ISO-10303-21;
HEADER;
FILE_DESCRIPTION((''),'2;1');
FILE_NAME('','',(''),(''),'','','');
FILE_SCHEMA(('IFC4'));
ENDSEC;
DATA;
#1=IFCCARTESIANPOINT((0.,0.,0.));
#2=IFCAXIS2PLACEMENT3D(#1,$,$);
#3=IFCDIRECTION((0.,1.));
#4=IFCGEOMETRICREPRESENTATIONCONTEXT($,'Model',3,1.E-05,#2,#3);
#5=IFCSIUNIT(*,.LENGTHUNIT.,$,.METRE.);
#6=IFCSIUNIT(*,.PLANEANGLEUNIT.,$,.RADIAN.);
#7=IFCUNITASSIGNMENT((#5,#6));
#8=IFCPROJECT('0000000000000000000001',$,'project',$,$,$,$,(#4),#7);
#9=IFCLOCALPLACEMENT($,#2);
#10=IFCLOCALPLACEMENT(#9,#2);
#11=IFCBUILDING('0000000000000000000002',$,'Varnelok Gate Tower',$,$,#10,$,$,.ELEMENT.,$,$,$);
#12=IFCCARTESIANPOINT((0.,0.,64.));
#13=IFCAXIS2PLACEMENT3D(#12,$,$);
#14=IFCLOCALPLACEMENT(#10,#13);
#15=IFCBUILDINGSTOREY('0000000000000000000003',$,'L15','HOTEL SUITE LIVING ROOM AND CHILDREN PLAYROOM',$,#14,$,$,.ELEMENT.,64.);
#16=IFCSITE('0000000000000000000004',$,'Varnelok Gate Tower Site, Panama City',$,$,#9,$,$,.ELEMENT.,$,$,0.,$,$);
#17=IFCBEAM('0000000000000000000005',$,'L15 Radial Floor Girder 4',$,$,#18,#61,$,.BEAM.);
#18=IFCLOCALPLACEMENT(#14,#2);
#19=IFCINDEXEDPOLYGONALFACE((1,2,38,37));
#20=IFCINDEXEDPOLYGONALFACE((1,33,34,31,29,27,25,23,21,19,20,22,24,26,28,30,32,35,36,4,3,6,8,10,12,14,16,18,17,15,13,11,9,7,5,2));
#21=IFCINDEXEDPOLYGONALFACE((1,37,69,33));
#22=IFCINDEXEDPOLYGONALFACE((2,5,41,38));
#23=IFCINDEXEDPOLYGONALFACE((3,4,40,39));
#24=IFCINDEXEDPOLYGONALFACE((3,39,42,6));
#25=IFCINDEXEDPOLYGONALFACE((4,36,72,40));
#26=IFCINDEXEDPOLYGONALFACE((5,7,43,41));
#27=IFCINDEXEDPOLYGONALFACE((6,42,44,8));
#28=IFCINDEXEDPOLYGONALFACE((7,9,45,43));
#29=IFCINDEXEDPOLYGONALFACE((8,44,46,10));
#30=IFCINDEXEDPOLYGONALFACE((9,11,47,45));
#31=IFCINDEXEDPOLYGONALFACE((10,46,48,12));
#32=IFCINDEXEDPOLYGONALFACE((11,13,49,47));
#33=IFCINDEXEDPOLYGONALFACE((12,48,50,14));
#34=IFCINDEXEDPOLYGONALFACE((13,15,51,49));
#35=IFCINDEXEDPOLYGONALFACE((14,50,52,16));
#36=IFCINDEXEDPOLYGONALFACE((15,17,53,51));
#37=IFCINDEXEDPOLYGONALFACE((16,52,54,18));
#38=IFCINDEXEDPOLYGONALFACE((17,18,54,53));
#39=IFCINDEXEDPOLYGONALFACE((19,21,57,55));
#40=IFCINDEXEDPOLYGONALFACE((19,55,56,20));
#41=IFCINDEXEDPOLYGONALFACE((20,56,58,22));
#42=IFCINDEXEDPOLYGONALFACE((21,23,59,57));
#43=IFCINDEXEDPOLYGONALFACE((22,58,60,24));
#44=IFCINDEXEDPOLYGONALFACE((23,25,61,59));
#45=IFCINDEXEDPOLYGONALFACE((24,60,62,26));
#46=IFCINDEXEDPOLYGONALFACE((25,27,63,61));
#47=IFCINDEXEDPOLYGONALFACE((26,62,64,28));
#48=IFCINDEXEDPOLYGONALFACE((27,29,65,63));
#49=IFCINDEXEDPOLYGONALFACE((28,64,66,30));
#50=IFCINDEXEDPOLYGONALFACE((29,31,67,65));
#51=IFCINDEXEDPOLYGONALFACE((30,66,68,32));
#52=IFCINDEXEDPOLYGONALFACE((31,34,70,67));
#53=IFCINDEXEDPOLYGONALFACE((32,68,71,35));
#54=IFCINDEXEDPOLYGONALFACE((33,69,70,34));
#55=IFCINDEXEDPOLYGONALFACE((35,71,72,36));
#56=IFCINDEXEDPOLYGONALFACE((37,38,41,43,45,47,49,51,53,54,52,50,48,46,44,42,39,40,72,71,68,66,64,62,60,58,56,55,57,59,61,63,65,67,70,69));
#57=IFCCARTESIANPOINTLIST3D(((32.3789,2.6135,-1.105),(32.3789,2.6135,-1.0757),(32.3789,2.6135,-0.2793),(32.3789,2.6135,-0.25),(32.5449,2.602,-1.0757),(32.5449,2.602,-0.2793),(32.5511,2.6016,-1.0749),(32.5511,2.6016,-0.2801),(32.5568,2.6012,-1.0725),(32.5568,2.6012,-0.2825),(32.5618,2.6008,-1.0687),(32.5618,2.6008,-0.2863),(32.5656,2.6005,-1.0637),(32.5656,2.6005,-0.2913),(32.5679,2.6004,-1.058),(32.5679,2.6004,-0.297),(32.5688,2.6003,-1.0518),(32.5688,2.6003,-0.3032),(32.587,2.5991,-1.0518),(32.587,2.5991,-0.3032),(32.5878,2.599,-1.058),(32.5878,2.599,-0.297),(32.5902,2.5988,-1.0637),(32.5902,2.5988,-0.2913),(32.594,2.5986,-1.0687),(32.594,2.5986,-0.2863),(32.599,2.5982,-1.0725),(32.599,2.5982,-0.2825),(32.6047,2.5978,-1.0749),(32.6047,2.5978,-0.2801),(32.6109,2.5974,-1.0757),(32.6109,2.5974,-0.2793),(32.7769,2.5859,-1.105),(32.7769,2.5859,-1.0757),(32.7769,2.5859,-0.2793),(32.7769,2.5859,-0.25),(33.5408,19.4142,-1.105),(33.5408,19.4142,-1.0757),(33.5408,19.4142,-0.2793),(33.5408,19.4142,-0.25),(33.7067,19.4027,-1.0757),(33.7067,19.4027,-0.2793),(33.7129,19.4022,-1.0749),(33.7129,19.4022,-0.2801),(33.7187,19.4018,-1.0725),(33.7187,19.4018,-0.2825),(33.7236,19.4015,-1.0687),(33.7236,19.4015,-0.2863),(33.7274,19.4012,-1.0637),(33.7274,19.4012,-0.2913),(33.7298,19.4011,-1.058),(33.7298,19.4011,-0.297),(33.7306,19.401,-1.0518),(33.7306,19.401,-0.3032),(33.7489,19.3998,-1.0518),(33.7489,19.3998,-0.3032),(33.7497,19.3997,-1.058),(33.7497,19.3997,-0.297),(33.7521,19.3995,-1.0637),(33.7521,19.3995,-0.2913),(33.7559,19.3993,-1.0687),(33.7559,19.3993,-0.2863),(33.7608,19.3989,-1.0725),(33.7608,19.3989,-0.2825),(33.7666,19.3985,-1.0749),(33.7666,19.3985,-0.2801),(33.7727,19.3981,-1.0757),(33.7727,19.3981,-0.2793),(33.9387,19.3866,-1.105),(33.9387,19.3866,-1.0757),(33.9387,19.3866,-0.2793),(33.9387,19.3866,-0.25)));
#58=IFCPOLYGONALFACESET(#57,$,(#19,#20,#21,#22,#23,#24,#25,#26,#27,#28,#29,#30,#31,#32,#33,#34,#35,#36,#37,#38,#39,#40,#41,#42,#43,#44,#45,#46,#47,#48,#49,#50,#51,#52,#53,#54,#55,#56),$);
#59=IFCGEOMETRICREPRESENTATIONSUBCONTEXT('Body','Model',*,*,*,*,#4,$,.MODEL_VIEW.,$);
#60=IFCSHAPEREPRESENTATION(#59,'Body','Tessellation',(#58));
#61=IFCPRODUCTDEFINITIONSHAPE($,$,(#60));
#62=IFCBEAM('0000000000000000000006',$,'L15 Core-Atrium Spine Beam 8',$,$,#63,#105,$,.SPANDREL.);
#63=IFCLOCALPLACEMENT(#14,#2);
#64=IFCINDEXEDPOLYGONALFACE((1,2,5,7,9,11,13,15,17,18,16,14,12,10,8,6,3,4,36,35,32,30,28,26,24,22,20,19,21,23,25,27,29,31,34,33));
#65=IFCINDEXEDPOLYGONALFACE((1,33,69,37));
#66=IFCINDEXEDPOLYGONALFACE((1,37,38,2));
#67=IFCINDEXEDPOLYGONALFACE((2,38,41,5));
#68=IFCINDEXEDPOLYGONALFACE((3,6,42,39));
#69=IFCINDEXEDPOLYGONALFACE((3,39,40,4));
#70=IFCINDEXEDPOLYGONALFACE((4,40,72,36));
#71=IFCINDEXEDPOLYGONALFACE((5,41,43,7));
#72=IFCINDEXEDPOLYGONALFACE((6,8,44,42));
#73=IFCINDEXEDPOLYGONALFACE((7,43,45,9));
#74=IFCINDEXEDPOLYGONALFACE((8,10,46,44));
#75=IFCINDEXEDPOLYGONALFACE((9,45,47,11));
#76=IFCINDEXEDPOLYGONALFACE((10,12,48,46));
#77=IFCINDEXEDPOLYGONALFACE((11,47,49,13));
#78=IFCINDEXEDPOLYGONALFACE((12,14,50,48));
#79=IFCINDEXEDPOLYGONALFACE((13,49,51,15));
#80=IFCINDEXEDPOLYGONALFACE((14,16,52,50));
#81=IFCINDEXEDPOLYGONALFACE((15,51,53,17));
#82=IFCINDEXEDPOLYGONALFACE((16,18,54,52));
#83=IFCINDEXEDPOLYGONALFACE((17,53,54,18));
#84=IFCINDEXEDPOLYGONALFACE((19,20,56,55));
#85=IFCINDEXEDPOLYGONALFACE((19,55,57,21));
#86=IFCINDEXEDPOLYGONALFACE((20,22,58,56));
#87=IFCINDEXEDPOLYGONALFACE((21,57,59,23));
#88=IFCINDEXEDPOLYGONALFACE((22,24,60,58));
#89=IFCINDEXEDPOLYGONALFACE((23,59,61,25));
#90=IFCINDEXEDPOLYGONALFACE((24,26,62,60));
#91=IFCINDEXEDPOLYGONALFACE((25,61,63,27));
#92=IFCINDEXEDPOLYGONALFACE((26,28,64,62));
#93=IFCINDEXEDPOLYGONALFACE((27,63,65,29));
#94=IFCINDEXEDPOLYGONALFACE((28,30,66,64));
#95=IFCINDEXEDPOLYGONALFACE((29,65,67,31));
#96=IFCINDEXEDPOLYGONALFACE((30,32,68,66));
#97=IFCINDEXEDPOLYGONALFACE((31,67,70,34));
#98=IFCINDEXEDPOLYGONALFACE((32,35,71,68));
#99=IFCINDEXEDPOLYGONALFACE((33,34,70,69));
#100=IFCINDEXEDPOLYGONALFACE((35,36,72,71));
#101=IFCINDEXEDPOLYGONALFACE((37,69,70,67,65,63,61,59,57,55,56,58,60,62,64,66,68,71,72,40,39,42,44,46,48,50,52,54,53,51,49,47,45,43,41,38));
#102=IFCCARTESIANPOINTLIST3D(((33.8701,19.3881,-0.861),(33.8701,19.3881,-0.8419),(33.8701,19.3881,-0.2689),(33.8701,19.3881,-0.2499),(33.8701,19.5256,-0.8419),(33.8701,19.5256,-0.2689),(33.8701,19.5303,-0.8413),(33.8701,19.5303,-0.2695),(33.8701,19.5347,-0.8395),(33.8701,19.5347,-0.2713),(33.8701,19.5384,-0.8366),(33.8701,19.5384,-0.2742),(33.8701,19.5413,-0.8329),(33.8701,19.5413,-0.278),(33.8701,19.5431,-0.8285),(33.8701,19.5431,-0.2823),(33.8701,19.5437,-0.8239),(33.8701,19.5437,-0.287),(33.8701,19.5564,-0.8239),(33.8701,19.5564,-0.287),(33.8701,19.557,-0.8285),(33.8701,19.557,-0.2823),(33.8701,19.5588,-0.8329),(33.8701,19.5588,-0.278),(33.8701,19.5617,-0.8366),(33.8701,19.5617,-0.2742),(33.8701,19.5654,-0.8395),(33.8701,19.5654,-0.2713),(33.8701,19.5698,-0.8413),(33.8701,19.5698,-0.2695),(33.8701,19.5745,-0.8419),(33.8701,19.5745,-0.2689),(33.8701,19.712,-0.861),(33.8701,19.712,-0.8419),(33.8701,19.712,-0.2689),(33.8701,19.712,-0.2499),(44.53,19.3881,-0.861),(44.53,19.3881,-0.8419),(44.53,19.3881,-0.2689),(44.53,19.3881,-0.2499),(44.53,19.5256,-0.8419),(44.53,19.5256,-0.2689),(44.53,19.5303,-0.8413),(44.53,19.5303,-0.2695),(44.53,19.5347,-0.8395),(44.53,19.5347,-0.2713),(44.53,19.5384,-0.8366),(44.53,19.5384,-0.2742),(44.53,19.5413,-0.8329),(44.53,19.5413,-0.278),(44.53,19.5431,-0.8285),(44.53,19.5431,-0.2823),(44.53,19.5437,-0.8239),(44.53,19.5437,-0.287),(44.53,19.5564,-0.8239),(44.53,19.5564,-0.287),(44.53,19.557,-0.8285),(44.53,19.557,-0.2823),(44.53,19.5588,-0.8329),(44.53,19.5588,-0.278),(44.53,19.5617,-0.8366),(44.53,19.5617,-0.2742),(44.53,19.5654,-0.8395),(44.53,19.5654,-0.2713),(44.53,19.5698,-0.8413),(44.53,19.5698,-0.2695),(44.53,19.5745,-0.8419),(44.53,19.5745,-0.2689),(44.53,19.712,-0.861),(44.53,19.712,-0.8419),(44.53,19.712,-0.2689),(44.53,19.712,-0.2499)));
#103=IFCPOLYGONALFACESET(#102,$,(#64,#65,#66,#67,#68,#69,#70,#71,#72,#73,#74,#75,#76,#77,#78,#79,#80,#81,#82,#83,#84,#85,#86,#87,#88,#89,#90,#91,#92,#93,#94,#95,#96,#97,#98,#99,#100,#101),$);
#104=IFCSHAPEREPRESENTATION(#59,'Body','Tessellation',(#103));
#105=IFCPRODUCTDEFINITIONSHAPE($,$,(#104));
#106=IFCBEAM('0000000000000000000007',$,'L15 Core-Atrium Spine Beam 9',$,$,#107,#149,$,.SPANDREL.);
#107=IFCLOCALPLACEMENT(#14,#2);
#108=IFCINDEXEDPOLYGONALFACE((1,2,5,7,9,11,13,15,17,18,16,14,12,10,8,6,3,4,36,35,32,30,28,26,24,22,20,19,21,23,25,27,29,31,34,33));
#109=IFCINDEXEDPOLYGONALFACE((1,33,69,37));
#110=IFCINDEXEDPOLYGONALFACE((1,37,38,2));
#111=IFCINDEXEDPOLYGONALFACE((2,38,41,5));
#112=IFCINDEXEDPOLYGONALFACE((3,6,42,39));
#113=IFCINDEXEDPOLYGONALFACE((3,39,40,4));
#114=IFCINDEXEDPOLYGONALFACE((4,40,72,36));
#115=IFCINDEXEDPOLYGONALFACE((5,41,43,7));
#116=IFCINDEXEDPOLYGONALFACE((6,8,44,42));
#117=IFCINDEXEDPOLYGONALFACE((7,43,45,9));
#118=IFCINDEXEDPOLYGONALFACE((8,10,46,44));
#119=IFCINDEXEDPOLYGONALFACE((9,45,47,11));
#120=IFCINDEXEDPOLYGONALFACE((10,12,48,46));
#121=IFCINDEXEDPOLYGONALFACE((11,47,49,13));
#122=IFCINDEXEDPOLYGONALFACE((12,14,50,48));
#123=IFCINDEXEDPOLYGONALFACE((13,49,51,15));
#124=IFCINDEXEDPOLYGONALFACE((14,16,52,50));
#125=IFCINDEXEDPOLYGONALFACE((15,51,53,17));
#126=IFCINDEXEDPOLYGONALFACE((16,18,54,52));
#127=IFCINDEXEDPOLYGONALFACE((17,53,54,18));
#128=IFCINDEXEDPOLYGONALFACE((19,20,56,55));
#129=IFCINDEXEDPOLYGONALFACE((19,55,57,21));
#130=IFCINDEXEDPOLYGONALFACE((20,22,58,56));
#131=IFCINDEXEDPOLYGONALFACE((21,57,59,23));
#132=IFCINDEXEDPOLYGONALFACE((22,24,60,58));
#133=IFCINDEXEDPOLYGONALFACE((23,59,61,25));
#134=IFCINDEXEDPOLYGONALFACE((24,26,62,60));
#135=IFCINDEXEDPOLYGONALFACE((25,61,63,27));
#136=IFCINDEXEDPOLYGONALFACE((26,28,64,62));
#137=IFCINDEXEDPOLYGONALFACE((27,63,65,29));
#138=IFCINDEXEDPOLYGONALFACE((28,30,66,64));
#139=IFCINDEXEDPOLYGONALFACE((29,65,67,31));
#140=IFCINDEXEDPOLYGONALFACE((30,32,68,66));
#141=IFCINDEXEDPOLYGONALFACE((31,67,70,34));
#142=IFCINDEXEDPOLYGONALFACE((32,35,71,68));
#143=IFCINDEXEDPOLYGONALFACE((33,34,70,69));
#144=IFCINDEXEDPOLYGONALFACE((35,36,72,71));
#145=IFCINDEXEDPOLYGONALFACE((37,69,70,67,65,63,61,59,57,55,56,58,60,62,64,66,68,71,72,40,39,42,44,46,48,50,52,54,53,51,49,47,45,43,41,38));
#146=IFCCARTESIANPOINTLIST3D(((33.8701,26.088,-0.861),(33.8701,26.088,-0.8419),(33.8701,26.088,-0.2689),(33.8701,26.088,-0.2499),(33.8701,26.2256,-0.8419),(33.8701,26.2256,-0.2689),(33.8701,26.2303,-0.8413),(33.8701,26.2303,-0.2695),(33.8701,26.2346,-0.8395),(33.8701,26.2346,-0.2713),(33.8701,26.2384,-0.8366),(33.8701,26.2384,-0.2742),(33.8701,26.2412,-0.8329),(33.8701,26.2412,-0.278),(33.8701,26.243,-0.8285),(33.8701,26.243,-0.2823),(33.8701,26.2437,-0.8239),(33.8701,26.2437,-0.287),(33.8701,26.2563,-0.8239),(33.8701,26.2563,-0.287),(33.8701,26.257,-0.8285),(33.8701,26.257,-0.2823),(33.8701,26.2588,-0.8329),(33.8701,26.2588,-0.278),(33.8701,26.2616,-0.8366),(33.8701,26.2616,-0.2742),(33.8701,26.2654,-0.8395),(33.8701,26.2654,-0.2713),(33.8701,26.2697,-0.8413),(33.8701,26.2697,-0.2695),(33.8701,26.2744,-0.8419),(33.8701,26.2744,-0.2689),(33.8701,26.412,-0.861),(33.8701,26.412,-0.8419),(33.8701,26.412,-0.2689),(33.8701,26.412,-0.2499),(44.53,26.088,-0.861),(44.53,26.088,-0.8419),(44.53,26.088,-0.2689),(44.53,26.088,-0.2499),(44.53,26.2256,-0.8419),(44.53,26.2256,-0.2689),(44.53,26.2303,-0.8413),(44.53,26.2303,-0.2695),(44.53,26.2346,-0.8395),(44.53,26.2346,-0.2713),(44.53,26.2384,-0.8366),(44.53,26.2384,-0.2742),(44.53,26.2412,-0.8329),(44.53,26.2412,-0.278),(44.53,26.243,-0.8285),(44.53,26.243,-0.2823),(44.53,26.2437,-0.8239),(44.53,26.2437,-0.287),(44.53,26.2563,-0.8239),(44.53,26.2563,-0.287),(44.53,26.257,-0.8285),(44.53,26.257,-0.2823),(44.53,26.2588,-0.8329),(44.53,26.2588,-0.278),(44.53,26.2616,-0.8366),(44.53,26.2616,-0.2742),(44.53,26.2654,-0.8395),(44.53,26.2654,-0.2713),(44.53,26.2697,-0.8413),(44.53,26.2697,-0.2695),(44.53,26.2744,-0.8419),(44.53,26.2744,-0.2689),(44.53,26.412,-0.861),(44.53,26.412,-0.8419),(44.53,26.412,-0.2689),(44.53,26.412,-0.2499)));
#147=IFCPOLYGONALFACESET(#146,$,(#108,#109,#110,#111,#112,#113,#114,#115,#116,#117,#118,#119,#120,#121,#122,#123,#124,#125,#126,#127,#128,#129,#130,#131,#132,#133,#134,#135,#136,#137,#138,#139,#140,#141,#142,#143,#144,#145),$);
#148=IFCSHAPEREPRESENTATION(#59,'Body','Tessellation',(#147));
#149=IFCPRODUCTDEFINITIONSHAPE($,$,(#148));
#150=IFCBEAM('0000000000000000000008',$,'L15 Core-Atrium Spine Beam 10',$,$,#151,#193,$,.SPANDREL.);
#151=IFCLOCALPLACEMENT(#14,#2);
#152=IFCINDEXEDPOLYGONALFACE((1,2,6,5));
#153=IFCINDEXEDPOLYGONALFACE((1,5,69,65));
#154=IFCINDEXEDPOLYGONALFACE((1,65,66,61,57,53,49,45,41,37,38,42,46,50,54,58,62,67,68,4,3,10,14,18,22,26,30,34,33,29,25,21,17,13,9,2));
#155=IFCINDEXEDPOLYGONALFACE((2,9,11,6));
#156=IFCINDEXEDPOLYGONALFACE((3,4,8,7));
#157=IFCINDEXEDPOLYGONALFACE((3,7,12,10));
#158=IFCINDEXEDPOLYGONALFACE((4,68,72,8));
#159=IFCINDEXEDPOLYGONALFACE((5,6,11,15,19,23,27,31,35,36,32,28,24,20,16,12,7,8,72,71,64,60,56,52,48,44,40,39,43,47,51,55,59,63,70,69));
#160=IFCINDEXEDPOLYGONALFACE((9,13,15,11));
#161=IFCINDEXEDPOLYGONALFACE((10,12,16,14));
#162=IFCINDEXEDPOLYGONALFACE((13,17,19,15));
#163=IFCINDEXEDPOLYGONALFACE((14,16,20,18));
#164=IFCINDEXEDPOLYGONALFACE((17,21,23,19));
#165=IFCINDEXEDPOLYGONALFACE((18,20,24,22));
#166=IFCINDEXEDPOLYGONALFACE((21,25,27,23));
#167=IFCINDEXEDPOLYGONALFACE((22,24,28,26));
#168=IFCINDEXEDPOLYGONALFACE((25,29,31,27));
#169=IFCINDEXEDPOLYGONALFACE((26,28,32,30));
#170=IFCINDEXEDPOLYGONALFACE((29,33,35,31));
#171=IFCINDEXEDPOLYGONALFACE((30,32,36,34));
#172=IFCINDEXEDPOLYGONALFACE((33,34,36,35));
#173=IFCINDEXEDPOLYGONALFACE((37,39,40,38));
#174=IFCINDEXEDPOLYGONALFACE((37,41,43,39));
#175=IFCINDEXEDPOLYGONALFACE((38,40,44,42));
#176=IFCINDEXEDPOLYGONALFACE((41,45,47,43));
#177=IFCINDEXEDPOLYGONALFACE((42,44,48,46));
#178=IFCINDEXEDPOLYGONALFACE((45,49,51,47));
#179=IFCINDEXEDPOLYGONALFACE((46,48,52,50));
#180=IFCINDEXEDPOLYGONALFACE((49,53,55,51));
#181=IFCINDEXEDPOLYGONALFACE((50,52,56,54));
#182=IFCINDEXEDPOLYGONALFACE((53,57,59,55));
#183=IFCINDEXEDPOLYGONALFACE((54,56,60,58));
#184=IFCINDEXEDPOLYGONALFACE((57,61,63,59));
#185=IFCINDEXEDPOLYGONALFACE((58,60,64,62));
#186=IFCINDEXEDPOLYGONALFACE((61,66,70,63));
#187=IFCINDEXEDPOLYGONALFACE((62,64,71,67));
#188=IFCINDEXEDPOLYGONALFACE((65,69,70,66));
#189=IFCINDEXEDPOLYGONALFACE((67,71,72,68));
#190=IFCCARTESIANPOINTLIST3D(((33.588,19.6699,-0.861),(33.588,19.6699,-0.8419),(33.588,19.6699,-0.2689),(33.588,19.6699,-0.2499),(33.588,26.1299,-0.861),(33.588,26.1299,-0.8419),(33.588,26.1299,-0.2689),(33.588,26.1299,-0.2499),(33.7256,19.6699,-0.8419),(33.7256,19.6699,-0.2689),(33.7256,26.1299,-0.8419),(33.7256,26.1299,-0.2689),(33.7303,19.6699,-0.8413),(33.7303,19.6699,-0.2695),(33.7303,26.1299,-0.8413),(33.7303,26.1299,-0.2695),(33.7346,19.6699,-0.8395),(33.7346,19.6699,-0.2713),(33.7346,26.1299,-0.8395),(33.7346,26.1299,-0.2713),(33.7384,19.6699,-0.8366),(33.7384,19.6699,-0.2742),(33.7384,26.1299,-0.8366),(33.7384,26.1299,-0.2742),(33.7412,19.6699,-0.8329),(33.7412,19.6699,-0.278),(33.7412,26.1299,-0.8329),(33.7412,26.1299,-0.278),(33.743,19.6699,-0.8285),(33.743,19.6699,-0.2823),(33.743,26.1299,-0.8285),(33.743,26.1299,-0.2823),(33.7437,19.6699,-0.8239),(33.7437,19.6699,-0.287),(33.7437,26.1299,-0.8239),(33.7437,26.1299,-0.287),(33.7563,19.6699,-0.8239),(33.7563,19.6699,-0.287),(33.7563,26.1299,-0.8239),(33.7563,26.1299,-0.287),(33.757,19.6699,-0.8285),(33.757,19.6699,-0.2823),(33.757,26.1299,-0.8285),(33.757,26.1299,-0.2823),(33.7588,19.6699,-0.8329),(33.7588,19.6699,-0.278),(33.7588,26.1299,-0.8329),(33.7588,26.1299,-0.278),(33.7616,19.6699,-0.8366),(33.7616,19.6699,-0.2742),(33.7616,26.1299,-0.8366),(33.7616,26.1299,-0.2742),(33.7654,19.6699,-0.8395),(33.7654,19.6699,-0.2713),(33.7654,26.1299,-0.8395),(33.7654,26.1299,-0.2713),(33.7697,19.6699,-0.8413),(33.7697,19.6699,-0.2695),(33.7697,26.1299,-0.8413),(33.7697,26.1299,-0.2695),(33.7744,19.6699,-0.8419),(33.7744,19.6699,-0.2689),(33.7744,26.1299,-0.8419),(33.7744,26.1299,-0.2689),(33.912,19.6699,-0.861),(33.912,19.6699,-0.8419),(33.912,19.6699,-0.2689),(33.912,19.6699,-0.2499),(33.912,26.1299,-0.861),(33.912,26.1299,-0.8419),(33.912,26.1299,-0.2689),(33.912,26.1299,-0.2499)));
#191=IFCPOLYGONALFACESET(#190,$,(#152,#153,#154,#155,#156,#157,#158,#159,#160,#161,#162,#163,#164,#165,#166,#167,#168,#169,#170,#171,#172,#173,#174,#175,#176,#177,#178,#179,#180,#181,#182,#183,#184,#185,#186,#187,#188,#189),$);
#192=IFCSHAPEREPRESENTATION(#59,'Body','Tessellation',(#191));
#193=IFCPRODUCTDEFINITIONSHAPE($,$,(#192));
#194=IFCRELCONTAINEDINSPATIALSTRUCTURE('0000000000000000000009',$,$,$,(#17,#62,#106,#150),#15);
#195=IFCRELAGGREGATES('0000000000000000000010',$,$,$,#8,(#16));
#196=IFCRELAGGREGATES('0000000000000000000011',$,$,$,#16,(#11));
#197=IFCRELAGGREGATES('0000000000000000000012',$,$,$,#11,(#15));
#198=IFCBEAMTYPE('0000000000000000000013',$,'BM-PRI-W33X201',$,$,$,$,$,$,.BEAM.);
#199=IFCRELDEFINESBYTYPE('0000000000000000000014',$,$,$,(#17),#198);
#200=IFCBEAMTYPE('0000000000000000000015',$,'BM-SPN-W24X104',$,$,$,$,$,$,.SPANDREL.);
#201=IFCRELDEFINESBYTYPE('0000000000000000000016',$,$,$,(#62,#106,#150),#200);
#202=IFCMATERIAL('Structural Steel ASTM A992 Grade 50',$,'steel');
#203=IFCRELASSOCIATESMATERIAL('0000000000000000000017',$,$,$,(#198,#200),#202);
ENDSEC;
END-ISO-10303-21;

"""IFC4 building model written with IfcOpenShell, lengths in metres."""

from ifc_helpers import new_model, si_unit, direction, frame, origin, origin_2d, place, context, subcontext, project, spatial, i_section, extrude, material, material_profile, profile_set, type_object, element, save


model = new_model("IFC4")

# Units and contexts
model_context = context("Model", 3, precision=1e-05, world=origin(), true_north=direction((0.0, 1.0)))
body_context = subcontext(model_context, "Body", "Model", "MODEL_VIEW")
ifc_project = project(units=[si_unit("LENGTHUNIT", "METRE"), si_unit("PLANEANGLEUNIT", "RADIAN")], contexts=[model_context])

# Site, building, storey
site_placement = place(None, origin())
site = spatial("IfcSite", under=ifc_project, at=site_placement, Name="Varnelok Gate Tower Site, Panama City", CompositionType="ELEMENT", RefElevation=0.0)
building_placement = place(site_placement, origin())
building = spatial("IfcBuilding", under=site, at=building_placement, Name="Varnelok Gate Tower", CompositionType="ELEMENT")
storey_placement = place(building_placement, frame((0.0, 0.0, 64.0)))
storey = spatial("IfcBuildingStorey", under=building, at=storey_placement, Name="L15", Description="HOTEL SUITE LIVING ROOM AND CHILDREN PLAYROOM", CompositionType="ELEMENT", Elevation=64.0)

# Shared definitions
ifc_material_1 = material(Name="Structural Steel ASTM A992 Grade 50", Category="steel")

# Beams
ifc_material_profile_1 = material_profile(ifc_material_1, i_section(OverallWidth=0.3989, OverallDepth=0.855, WebThickness=0.0183, FlangeThickness=0.0293, FilletRadius=0.0239, at=origin_2d()), Name="W33X201")
ifc_profile_set_1 = profile_set([ifc_material_profile_1], Name="Structural Steel ASTM A992 Grade 50")
beam_type_1 = type_object("IfcBeamType", Name="BM-PRI-W33X201", PredefinedType="BEAM", material=ifc_profile_set_1)
beam_1_placement = place(storey_placement, frame((33.7397, 19.4004, -0.6775), z_axis=(-0.068991, -0.997617, 0.0), x_axis=(0.997617, -0.068991, 0.0)))
element("IfcBeam", 1, at=beam_1_placement, inside=storey, type_object=beam_type_1, Name="L15 Radial Floor Girder 4", PredefinedType="BEAM", context=body_context, shape_type="SweptSolid", body=[
    extrude(i_section(OverallWidth=0.3989, OverallDepth=0.855, WebThickness=0.0183, FlangeThickness=0.0293, FilletRadius=0.0239, at=origin_2d()), origin(), (0.0, 0.0, 1.0), 16.8408),
])
ifc_material_profile_2 = material_profile(ifc_material_1, i_section(OverallWidth=0.324, OverallDepth=0.6111, WebThickness=0.0127, FlangeThickness=0.019, FilletRadius=0.0181, at=origin_2d()), Name="W24X104")
ifc_profile_set_2 = profile_set([ifc_material_profile_2], Name="Structural Steel ASTM A992 Grade 50")
beam_type_2 = type_object("IfcBeamType", Name="BM-SPN-W24X104", PredefinedType="SPANDREL", material=ifc_profile_set_2)
for number, where, z_axis, x_axis, name in (
    (2, (33.8701, 19.55, -0.5554), (1.0, 0.0, 0.0), (0.0, 1.0, 0.0), "L15 Core-Atrium Spine Beam 8"),
    (3, (33.8701, 26.25, -0.5554), (1.0, 0.0, 0.0), (0.0, 1.0, 0.0), "L15 Core-Atrium Spine Beam 9"),
):
    element("IfcBeam", number, at=place(storey_placement, frame(where, z_axis=z_axis, x_axis=x_axis)), inside=storey, type_object=beam_type_2, Name=name, PredefinedType="SPANDREL", context=body_context, shape_type="SweptSolid", body=[
        extrude(i_section(OverallWidth=0.324, OverallDepth=0.6111, WebThickness=0.0127, FlangeThickness=0.019, FilletRadius=0.0181, at=origin_2d()), origin(), (0.0, 0.0, 1.0), 10.6599),
    ])
beam_2_placement = place(storey_placement, frame((33.75, 19.6699, -0.5554), z_axis=(0.0, 1.0, 0.0), x_axis=(-1.0, 0.0, 0.0)))
element("IfcBeam", 4, at=beam_2_placement, inside=storey, type_object=beam_type_2, Name="L15 Core-Atrium Spine Beam 10", PredefinedType="SPANDREL", context=body_context, shape_type="SweptSolid", body=[
    extrude(i_section(OverallWidth=0.324, OverallDepth=0.6111, WebThickness=0.0127, FlangeThickness=0.019, FilletRadius=0.0181, at=origin_2d()), origin(), (0.0, 0.0, 1.0), 6.46),
])

save(model, "model.ifc")
